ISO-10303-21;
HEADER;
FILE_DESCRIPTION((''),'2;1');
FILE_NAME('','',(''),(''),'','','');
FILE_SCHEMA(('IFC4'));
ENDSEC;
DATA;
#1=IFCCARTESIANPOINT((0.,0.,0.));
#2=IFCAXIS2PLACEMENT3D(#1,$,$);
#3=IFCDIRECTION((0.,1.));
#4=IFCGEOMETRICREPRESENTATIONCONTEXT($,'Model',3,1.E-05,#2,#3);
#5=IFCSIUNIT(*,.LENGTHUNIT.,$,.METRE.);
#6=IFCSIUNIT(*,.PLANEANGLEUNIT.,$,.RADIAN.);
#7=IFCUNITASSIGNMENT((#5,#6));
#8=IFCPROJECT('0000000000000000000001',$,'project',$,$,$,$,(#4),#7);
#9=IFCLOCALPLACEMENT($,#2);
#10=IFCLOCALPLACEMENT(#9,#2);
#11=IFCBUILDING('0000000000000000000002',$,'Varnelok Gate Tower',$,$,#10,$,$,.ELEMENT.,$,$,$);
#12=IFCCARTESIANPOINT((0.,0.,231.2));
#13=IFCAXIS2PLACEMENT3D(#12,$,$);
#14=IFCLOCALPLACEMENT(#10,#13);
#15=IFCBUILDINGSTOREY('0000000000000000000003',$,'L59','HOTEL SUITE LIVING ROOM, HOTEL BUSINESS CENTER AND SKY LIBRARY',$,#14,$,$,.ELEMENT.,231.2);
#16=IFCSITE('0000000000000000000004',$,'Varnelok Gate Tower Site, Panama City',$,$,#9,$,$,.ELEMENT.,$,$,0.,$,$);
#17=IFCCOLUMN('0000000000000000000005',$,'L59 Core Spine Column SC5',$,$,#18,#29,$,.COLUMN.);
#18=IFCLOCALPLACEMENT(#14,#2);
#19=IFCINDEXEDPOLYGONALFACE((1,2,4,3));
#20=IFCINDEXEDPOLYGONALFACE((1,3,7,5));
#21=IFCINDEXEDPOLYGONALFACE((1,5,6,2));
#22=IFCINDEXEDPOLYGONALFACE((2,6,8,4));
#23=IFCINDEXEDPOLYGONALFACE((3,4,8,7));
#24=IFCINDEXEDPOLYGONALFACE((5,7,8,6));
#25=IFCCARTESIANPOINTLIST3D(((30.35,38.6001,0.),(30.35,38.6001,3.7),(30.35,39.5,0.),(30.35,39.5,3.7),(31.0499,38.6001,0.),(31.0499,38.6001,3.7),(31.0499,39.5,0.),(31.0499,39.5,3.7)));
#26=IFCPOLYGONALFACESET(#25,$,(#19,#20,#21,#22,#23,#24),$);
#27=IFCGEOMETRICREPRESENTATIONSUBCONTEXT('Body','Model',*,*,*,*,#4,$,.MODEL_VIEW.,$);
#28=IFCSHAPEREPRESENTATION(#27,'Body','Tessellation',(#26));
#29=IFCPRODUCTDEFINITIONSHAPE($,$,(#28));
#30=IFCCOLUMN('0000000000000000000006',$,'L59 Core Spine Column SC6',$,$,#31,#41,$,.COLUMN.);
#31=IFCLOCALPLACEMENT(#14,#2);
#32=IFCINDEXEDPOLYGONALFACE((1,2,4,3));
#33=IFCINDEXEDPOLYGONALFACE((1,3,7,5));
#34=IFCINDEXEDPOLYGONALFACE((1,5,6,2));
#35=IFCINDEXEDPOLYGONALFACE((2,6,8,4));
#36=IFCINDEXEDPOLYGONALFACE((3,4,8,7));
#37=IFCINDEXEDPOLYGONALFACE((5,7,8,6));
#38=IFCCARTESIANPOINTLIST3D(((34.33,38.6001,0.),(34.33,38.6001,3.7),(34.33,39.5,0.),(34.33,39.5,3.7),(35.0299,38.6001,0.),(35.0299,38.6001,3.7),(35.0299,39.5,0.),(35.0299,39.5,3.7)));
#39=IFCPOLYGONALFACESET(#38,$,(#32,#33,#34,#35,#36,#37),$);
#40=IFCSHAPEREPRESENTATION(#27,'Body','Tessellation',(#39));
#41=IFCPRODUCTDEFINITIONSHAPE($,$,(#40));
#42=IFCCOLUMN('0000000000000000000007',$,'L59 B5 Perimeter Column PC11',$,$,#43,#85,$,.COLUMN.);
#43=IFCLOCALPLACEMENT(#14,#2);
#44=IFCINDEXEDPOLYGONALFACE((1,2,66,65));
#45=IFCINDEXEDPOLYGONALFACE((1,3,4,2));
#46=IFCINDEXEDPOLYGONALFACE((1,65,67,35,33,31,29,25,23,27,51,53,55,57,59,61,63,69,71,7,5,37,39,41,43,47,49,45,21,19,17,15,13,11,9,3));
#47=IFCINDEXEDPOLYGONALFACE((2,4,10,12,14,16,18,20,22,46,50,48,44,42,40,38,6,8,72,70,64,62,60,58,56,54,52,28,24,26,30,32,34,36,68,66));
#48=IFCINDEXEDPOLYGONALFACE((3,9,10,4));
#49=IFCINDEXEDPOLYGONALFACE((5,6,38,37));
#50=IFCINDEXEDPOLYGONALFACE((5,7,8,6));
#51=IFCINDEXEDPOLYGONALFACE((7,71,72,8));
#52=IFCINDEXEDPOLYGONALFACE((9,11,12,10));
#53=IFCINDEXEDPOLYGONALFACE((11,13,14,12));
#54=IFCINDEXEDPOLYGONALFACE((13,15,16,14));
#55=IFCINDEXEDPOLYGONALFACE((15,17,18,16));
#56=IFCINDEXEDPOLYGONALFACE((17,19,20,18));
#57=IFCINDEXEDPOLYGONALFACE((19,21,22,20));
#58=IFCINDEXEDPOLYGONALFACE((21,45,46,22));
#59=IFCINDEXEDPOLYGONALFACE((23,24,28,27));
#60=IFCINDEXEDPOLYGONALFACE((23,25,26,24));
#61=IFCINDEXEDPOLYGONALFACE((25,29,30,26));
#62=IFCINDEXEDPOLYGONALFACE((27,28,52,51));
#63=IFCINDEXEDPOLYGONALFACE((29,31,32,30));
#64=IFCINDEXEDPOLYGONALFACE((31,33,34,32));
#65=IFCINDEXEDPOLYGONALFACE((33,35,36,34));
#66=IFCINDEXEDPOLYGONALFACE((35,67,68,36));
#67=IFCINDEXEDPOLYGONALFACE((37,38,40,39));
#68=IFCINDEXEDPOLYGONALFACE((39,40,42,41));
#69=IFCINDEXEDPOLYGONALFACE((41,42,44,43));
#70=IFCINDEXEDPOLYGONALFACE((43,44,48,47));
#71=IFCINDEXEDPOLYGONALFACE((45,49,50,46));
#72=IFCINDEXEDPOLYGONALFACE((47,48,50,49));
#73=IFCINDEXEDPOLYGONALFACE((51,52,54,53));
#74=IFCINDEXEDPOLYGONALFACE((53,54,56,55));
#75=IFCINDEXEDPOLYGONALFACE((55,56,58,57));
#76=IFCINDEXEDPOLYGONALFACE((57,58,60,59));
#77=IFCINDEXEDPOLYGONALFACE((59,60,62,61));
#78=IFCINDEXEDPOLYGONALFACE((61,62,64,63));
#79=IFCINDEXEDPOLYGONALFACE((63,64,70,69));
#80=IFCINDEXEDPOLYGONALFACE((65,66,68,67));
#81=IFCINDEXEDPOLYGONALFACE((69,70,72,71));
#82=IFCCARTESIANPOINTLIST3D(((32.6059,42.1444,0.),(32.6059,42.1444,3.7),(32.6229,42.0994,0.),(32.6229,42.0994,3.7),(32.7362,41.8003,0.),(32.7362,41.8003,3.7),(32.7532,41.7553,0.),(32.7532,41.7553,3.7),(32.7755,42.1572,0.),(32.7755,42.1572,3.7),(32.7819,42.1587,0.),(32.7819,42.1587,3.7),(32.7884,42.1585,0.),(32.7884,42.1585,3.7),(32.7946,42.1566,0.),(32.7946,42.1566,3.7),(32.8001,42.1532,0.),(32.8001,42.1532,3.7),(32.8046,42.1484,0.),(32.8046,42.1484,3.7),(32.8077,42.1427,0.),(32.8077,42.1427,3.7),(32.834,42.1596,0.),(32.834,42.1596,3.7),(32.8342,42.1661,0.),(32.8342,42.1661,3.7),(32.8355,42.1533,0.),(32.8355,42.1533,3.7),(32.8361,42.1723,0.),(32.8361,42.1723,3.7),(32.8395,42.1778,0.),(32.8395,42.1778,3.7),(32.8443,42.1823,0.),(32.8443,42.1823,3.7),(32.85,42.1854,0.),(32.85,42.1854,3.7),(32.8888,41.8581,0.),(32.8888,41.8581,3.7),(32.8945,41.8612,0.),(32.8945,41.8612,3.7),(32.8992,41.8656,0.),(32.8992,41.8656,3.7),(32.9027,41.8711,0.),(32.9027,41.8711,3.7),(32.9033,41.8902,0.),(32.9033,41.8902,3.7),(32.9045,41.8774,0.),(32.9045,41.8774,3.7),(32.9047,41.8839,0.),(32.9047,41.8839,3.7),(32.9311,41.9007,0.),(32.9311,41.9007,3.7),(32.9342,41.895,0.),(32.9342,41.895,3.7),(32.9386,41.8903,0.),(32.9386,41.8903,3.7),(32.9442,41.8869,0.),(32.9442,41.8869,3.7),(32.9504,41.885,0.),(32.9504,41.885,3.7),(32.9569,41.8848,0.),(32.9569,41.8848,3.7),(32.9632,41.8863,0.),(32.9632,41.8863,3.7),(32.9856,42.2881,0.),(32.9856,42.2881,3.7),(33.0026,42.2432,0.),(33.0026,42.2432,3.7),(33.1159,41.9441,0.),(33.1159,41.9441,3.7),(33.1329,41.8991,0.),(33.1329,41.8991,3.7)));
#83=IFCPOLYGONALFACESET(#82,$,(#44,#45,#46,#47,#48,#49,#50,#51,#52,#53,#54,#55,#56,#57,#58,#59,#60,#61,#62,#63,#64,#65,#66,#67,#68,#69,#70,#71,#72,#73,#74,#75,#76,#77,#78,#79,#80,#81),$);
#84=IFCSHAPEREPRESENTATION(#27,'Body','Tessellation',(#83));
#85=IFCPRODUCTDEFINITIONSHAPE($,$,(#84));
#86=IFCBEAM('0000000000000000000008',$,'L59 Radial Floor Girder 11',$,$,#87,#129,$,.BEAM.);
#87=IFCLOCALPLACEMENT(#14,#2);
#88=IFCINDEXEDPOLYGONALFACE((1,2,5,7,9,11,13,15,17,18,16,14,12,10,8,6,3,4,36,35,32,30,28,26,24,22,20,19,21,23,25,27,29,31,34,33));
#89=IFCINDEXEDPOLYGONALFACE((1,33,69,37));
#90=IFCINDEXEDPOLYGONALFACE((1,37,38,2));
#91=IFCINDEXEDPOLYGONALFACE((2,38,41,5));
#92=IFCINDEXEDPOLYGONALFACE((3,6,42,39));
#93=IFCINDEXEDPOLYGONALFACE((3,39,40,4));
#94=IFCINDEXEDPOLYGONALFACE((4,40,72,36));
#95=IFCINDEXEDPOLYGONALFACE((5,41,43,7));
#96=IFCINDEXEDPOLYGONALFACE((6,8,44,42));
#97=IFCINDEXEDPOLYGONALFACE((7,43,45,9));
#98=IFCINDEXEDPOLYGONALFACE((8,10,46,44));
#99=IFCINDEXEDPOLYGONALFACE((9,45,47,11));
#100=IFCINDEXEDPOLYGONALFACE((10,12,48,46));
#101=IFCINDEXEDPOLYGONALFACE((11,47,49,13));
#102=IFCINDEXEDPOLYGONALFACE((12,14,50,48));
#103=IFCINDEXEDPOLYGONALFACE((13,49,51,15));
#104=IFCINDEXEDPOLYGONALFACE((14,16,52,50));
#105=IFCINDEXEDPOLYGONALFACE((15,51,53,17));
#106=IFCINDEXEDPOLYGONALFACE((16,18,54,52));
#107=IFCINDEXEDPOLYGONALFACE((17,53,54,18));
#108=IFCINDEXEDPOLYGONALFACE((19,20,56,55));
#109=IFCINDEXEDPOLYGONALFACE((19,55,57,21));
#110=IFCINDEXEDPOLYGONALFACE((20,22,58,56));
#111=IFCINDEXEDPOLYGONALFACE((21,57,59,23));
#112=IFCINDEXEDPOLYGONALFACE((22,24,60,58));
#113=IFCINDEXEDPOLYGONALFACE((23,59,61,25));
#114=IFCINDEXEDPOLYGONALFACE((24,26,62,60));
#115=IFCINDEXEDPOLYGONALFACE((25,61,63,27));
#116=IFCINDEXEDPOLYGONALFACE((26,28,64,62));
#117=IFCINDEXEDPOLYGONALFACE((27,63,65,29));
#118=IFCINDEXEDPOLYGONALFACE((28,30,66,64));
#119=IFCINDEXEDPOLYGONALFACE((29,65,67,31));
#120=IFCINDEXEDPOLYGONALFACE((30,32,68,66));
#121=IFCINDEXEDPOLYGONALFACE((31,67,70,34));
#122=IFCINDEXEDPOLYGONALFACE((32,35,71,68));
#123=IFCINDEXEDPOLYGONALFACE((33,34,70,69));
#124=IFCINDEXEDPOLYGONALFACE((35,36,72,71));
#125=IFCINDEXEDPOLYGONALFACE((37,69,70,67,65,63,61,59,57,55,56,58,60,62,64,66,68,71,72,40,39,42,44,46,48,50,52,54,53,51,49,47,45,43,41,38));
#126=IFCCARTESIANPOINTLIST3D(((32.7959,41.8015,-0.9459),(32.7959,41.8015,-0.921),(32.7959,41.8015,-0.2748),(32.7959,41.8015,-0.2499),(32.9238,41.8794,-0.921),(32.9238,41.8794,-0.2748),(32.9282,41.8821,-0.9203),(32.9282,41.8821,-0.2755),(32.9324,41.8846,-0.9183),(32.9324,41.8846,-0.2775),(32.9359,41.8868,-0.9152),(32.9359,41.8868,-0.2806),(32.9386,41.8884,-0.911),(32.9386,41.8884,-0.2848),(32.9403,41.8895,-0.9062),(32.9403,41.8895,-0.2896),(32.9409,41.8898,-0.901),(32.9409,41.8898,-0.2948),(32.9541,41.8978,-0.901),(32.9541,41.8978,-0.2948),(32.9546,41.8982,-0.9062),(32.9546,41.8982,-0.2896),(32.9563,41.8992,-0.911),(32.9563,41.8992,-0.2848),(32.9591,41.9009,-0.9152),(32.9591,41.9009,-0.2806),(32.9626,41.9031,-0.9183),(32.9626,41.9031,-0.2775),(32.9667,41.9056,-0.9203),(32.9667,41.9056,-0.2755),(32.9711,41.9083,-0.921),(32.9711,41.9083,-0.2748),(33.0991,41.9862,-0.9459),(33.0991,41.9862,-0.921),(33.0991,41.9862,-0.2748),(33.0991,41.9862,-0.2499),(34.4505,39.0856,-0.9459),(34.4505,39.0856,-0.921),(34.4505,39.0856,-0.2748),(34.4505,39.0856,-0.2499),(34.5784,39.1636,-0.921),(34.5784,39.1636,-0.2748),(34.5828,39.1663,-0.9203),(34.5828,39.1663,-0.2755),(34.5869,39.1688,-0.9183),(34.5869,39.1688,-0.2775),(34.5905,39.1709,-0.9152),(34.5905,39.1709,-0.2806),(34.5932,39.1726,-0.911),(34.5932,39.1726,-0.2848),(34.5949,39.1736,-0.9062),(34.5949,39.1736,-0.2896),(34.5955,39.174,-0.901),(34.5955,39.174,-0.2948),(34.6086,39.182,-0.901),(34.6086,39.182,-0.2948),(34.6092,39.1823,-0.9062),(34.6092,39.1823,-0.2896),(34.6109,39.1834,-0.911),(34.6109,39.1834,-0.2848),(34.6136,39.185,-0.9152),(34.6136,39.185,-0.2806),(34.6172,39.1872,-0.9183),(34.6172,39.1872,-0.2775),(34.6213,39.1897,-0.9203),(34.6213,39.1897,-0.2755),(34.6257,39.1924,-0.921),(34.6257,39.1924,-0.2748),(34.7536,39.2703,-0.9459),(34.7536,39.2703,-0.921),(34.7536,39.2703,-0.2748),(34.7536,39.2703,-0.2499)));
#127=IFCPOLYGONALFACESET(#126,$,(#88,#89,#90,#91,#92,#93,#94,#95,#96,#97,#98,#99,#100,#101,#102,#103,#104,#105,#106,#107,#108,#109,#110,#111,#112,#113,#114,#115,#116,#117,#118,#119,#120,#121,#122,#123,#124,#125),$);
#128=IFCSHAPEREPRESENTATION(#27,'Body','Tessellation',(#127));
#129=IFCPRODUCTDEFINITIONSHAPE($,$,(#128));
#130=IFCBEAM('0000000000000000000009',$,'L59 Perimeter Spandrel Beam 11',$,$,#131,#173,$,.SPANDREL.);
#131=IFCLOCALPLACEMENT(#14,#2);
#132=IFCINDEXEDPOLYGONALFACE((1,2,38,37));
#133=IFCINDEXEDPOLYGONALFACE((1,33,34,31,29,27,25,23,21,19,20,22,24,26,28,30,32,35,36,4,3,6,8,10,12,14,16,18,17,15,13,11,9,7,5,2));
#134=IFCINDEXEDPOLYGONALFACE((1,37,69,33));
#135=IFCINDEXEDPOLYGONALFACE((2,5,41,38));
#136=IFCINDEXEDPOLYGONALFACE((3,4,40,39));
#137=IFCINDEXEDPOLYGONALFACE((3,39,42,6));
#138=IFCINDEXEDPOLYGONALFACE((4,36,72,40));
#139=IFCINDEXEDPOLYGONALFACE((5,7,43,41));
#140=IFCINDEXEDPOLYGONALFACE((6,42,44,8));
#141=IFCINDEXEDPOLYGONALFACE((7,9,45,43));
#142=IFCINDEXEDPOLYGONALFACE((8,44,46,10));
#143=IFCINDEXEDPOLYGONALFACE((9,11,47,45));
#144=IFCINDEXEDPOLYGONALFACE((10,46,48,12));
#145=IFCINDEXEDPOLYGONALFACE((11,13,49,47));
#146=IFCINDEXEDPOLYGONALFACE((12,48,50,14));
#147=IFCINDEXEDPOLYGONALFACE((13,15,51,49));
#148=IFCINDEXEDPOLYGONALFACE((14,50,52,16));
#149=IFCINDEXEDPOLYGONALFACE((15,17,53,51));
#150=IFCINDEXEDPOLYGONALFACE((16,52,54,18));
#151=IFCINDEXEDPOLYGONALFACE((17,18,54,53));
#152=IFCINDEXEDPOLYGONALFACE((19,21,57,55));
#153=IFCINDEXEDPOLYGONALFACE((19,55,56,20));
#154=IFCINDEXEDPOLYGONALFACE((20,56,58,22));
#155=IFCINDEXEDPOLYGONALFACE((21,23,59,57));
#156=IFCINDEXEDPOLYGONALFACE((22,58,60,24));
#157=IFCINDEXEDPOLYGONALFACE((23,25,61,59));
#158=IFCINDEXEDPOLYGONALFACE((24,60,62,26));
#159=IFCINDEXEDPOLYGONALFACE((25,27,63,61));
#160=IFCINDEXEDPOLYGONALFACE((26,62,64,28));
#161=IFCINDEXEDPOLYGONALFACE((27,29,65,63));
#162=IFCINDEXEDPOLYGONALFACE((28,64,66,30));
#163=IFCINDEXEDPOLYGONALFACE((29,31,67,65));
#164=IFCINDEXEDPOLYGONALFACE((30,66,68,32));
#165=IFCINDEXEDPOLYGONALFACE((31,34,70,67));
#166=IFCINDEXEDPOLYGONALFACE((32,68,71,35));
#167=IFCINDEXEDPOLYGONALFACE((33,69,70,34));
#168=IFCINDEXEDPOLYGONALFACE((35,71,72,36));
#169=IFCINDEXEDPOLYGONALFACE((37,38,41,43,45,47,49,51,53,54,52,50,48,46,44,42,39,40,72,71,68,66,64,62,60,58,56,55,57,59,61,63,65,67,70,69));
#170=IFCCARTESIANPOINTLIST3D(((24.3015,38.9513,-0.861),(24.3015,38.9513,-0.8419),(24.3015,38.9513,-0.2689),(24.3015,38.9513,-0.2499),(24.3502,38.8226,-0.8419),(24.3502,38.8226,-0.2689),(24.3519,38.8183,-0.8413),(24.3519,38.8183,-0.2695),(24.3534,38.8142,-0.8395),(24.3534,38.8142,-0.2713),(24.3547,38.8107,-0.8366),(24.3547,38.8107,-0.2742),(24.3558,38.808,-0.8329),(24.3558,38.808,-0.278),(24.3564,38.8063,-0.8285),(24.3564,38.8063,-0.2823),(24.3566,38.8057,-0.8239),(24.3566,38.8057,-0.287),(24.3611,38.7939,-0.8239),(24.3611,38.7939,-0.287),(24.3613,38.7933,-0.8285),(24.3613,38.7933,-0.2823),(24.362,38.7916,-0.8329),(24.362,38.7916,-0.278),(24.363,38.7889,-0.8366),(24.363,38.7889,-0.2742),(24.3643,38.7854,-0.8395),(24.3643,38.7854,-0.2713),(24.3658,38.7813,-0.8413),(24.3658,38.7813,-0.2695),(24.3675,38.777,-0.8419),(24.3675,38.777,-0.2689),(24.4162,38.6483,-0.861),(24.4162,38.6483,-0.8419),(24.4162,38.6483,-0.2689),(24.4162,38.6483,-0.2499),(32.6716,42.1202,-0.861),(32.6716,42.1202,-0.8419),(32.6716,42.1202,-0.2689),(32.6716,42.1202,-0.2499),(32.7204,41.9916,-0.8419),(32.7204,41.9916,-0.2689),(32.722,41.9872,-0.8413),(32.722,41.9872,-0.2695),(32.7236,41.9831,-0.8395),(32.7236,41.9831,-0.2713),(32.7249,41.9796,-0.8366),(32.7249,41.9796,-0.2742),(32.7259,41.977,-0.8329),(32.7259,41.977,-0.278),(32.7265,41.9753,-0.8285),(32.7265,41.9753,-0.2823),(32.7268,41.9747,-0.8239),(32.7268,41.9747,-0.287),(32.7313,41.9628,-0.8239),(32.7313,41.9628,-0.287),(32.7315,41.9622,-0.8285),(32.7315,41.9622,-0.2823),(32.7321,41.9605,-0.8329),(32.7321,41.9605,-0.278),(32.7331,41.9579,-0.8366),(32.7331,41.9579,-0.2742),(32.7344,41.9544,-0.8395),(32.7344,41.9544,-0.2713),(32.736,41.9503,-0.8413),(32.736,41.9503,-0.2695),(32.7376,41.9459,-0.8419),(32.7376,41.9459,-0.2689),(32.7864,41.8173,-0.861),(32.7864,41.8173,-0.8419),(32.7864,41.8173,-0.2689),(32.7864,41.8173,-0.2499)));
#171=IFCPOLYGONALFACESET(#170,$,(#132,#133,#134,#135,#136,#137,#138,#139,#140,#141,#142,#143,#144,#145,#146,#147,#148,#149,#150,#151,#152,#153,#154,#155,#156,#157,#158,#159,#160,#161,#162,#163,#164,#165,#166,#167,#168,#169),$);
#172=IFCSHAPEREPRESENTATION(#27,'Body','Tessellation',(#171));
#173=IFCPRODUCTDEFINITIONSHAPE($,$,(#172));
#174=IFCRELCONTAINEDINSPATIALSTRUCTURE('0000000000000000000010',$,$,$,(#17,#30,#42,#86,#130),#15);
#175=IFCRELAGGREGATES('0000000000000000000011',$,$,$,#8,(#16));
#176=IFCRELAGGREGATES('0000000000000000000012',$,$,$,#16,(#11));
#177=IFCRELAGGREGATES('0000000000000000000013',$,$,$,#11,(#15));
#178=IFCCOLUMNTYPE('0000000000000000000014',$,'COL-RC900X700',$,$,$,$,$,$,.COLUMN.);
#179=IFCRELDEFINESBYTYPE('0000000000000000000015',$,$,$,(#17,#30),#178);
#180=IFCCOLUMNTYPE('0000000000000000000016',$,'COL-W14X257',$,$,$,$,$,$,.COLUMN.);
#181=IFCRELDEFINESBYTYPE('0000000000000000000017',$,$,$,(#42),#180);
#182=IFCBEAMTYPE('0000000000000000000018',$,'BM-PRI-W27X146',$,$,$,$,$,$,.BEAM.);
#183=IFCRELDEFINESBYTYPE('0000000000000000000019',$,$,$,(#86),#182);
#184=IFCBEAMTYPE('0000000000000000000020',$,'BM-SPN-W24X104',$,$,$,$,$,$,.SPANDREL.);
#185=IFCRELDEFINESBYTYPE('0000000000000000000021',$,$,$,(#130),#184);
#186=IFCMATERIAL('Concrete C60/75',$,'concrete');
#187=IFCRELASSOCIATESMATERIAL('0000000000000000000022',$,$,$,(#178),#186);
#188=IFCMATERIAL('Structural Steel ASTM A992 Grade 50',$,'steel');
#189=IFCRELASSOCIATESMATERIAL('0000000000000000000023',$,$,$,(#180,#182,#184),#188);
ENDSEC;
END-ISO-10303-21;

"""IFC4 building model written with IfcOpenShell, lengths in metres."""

from ifc_helpers import new_model, si_unit, direction, frame, origin, origin_2d, place, context, subcontext, project, spatial, rectangle, i_section, extrude, material, material_profile, profile_set, type_object, element, save


model = new_model("IFC4")

# Units and contexts
model_context = context("Model", 3, precision=1e-05, world=origin(), true_north=direction((0.0, 1.0)))
body_context = subcontext(model_context, "Body", "Model", "MODEL_VIEW")
ifc_project = project(units=[si_unit("LENGTHUNIT", "METRE"), si_unit("PLANEANGLEUNIT", "RADIAN")], contexts=[model_context])

# Site, building, storey
site_placement = place(None, origin())
site = spatial("IfcSite", under=ifc_project, at=site_placement, Name="Varnelok Gate Tower Site, Panama City", CompositionType="ELEMENT", RefElevation=0.0)
building_placement = place(site_placement, origin())
building = spatial("IfcBuilding", under=site, at=building_placement, Name="Varnelok Gate Tower", CompositionType="ELEMENT")
storey_placement = place(building_placement, frame((0.0, 0.0, 231.2)))
storey = spatial("IfcBuildingStorey", under=building, at=storey_placement, Name="L59", Description="HOTEL SUITE LIVING ROOM, HOTEL BUSINESS CENTER AND SKY LIBRARY", CompositionType="ELEMENT", Elevation=231.2)

# Columns
ifc_material_1 = material(Name="Concrete C60/75", Category="concrete")
ifc_material_profile_1 = material_profile(ifc_material_1, rectangle(XDim=0.7, YDim=0.8999, at=origin_2d()), Name="RC900X700")
ifc_profile_set_1 = profile_set([ifc_material_profile_1], Name="Concrete C60/75")
column_type_1 = type_object("IfcColumnType", Name="COL-RC900X700", PredefinedType="COLUMN", material=ifc_profile_set_1)
for number, where, z_axis, x_axis, name in (
    (1, (30.7, 39.05, 0.0), (0.0, 0.0, 1.0), (1.0, 0.0, 0.0), "L59 Core Spine Column SC5"),
    (2, (34.6799, 39.05, 0.0), (0.0, 0.0, 1.0), (1.0, 0.0, 0.0), "L59 Core Spine Column SC6"),
):
    element("IfcColumn", number, at=place(storey_placement, frame(where, z_axis=z_axis, x_axis=x_axis)), inside=storey, type_object=column_type_1, Name=name, PredefinedType="COLUMN", context=body_context, shape_type="SweptSolid", body=[
        extrude(rectangle(XDim=0.7, YDim=0.8999, at=origin_2d()), origin(), (0.0, 0.0, 1.0), 3.7),
    ])
ifc_material_2 = material(Name="Structural Steel ASTM A992 Grade 50", Category="steel")
ifc_material_profile_2 = material_profile(ifc_material_2, i_section(OverallWidth=0.406, OverallDepth=0.416, WebThickness=0.0298, FlangeThickness=0.0481, FilletRadius=0.0249, at=origin_2d()), Name="W14X257")
ifc_profile_set_2 = profile_set([ifc_material_profile_2], Name="Structural Steel ASTM A992 Grade 50")
column_type_2 = type_object("IfcColumnType", Name="COL-W14X257", PredefinedType="COLUMN", material=ifc_profile_set_2)
column_placement = place(storey_placement, frame((32.8694, 42.0217, 0.0), z_axis=(0.0, 0.0, 1.0), x_axis=(0.935222, 0.354063, 0.0)))
element("IfcColumn", 3, at=column_placement, inside=storey, type_object=column_type_2, Name="L59 B5 Perimeter Column PC11", PredefinedType="COLUMN", context=body_context, shape_type="SweptSolid", body=[
    extrude(i_section(OverallWidth=0.406, OverallDepth=0.416, WebThickness=0.0298, FlangeThickness=0.0481, FilletRadius=0.0249, at=origin_2d()), origin(), (0.0, 0.0, 1.0), 3.7),
])

# Beams
ifc_material_profile_3 = material_profile(ifc_material_2, i_section(OverallWidth=0.355, OverallDepth=0.696, WebThickness=0.0154, FlangeThickness=0.0249, FilletRadius=0.02, at=origin_2d()), Name="W27X146")
ifc_profile_set_3 = profile_set([ifc_material_profile_3], Name="Structural Steel ASTM A992 Grade 50")
beam_type_1 = type_object("IfcBeamType", Name="BM-PRI-W27X146", PredefinedType="BEAM", material=ifc_profile_set_3)
beam_1_placement = place(storey_placement, frame((34.6021, 39.178, -0.5979), z_axis=(-0.520276, 0.853998, 0.0), x_axis=(-0.853998, -0.520276, 0.0)))
element("IfcBeam", 4, at=beam_1_placement, inside=storey, type_object=beam_type_1, Name="L59 Radial Floor Girder 11", PredefinedType="BEAM", context=body_context, shape_type="SweptSolid", body=[
    extrude(i_section(OverallWidth=0.355, OverallDepth=0.696, WebThickness=0.0154, FlangeThickness=0.0249, FilletRadius=0.02, at=origin_2d()), origin(), (0.0, 0.0, 1.0), 3.1802),
])
ifc_material_profile_4 = material_profile(ifc_material_2, i_section(OverallWidth=0.324, OverallDepth=0.6111, WebThickness=0.0127, FlangeThickness=0.019, FilletRadius=0.0181, at=origin_2d()), Name="W24X104")
ifc_profile_set_4 = profile_set([ifc_material_profile_4], Name="Structural Steel ASTM A992 Grade 50")
beam_type_2 = type_object("IfcBeamType", Name="BM-SPN-W24X104", PredefinedType="SPANDREL", material=ifc_profile_set_4)
beam_2_placement = place(storey_placement, frame((32.729, 41.9688, -0.5554), z_axis=(-0.935217, -0.354075, 0.0), x_axis=(0.354075, -0.935217, 0.0)))
element("IfcBeam", 5, at=beam_2_placement, inside=storey, type_object=beam_type_2, Name="L59 Perimeter Spandrel Beam 11", PredefinedType="SPANDREL", context=body_context, shape_type="SweptSolid", body=[
    extrude(i_section(OverallWidth=0.324, OverallDepth=0.6111, WebThickness=0.0127, FlangeThickness=0.019, FilletRadius=0.0181, at=origin_2d()), origin(), (0.0, 0.0, 1.0), 8.95),
])

save(model, "model.ifc")
